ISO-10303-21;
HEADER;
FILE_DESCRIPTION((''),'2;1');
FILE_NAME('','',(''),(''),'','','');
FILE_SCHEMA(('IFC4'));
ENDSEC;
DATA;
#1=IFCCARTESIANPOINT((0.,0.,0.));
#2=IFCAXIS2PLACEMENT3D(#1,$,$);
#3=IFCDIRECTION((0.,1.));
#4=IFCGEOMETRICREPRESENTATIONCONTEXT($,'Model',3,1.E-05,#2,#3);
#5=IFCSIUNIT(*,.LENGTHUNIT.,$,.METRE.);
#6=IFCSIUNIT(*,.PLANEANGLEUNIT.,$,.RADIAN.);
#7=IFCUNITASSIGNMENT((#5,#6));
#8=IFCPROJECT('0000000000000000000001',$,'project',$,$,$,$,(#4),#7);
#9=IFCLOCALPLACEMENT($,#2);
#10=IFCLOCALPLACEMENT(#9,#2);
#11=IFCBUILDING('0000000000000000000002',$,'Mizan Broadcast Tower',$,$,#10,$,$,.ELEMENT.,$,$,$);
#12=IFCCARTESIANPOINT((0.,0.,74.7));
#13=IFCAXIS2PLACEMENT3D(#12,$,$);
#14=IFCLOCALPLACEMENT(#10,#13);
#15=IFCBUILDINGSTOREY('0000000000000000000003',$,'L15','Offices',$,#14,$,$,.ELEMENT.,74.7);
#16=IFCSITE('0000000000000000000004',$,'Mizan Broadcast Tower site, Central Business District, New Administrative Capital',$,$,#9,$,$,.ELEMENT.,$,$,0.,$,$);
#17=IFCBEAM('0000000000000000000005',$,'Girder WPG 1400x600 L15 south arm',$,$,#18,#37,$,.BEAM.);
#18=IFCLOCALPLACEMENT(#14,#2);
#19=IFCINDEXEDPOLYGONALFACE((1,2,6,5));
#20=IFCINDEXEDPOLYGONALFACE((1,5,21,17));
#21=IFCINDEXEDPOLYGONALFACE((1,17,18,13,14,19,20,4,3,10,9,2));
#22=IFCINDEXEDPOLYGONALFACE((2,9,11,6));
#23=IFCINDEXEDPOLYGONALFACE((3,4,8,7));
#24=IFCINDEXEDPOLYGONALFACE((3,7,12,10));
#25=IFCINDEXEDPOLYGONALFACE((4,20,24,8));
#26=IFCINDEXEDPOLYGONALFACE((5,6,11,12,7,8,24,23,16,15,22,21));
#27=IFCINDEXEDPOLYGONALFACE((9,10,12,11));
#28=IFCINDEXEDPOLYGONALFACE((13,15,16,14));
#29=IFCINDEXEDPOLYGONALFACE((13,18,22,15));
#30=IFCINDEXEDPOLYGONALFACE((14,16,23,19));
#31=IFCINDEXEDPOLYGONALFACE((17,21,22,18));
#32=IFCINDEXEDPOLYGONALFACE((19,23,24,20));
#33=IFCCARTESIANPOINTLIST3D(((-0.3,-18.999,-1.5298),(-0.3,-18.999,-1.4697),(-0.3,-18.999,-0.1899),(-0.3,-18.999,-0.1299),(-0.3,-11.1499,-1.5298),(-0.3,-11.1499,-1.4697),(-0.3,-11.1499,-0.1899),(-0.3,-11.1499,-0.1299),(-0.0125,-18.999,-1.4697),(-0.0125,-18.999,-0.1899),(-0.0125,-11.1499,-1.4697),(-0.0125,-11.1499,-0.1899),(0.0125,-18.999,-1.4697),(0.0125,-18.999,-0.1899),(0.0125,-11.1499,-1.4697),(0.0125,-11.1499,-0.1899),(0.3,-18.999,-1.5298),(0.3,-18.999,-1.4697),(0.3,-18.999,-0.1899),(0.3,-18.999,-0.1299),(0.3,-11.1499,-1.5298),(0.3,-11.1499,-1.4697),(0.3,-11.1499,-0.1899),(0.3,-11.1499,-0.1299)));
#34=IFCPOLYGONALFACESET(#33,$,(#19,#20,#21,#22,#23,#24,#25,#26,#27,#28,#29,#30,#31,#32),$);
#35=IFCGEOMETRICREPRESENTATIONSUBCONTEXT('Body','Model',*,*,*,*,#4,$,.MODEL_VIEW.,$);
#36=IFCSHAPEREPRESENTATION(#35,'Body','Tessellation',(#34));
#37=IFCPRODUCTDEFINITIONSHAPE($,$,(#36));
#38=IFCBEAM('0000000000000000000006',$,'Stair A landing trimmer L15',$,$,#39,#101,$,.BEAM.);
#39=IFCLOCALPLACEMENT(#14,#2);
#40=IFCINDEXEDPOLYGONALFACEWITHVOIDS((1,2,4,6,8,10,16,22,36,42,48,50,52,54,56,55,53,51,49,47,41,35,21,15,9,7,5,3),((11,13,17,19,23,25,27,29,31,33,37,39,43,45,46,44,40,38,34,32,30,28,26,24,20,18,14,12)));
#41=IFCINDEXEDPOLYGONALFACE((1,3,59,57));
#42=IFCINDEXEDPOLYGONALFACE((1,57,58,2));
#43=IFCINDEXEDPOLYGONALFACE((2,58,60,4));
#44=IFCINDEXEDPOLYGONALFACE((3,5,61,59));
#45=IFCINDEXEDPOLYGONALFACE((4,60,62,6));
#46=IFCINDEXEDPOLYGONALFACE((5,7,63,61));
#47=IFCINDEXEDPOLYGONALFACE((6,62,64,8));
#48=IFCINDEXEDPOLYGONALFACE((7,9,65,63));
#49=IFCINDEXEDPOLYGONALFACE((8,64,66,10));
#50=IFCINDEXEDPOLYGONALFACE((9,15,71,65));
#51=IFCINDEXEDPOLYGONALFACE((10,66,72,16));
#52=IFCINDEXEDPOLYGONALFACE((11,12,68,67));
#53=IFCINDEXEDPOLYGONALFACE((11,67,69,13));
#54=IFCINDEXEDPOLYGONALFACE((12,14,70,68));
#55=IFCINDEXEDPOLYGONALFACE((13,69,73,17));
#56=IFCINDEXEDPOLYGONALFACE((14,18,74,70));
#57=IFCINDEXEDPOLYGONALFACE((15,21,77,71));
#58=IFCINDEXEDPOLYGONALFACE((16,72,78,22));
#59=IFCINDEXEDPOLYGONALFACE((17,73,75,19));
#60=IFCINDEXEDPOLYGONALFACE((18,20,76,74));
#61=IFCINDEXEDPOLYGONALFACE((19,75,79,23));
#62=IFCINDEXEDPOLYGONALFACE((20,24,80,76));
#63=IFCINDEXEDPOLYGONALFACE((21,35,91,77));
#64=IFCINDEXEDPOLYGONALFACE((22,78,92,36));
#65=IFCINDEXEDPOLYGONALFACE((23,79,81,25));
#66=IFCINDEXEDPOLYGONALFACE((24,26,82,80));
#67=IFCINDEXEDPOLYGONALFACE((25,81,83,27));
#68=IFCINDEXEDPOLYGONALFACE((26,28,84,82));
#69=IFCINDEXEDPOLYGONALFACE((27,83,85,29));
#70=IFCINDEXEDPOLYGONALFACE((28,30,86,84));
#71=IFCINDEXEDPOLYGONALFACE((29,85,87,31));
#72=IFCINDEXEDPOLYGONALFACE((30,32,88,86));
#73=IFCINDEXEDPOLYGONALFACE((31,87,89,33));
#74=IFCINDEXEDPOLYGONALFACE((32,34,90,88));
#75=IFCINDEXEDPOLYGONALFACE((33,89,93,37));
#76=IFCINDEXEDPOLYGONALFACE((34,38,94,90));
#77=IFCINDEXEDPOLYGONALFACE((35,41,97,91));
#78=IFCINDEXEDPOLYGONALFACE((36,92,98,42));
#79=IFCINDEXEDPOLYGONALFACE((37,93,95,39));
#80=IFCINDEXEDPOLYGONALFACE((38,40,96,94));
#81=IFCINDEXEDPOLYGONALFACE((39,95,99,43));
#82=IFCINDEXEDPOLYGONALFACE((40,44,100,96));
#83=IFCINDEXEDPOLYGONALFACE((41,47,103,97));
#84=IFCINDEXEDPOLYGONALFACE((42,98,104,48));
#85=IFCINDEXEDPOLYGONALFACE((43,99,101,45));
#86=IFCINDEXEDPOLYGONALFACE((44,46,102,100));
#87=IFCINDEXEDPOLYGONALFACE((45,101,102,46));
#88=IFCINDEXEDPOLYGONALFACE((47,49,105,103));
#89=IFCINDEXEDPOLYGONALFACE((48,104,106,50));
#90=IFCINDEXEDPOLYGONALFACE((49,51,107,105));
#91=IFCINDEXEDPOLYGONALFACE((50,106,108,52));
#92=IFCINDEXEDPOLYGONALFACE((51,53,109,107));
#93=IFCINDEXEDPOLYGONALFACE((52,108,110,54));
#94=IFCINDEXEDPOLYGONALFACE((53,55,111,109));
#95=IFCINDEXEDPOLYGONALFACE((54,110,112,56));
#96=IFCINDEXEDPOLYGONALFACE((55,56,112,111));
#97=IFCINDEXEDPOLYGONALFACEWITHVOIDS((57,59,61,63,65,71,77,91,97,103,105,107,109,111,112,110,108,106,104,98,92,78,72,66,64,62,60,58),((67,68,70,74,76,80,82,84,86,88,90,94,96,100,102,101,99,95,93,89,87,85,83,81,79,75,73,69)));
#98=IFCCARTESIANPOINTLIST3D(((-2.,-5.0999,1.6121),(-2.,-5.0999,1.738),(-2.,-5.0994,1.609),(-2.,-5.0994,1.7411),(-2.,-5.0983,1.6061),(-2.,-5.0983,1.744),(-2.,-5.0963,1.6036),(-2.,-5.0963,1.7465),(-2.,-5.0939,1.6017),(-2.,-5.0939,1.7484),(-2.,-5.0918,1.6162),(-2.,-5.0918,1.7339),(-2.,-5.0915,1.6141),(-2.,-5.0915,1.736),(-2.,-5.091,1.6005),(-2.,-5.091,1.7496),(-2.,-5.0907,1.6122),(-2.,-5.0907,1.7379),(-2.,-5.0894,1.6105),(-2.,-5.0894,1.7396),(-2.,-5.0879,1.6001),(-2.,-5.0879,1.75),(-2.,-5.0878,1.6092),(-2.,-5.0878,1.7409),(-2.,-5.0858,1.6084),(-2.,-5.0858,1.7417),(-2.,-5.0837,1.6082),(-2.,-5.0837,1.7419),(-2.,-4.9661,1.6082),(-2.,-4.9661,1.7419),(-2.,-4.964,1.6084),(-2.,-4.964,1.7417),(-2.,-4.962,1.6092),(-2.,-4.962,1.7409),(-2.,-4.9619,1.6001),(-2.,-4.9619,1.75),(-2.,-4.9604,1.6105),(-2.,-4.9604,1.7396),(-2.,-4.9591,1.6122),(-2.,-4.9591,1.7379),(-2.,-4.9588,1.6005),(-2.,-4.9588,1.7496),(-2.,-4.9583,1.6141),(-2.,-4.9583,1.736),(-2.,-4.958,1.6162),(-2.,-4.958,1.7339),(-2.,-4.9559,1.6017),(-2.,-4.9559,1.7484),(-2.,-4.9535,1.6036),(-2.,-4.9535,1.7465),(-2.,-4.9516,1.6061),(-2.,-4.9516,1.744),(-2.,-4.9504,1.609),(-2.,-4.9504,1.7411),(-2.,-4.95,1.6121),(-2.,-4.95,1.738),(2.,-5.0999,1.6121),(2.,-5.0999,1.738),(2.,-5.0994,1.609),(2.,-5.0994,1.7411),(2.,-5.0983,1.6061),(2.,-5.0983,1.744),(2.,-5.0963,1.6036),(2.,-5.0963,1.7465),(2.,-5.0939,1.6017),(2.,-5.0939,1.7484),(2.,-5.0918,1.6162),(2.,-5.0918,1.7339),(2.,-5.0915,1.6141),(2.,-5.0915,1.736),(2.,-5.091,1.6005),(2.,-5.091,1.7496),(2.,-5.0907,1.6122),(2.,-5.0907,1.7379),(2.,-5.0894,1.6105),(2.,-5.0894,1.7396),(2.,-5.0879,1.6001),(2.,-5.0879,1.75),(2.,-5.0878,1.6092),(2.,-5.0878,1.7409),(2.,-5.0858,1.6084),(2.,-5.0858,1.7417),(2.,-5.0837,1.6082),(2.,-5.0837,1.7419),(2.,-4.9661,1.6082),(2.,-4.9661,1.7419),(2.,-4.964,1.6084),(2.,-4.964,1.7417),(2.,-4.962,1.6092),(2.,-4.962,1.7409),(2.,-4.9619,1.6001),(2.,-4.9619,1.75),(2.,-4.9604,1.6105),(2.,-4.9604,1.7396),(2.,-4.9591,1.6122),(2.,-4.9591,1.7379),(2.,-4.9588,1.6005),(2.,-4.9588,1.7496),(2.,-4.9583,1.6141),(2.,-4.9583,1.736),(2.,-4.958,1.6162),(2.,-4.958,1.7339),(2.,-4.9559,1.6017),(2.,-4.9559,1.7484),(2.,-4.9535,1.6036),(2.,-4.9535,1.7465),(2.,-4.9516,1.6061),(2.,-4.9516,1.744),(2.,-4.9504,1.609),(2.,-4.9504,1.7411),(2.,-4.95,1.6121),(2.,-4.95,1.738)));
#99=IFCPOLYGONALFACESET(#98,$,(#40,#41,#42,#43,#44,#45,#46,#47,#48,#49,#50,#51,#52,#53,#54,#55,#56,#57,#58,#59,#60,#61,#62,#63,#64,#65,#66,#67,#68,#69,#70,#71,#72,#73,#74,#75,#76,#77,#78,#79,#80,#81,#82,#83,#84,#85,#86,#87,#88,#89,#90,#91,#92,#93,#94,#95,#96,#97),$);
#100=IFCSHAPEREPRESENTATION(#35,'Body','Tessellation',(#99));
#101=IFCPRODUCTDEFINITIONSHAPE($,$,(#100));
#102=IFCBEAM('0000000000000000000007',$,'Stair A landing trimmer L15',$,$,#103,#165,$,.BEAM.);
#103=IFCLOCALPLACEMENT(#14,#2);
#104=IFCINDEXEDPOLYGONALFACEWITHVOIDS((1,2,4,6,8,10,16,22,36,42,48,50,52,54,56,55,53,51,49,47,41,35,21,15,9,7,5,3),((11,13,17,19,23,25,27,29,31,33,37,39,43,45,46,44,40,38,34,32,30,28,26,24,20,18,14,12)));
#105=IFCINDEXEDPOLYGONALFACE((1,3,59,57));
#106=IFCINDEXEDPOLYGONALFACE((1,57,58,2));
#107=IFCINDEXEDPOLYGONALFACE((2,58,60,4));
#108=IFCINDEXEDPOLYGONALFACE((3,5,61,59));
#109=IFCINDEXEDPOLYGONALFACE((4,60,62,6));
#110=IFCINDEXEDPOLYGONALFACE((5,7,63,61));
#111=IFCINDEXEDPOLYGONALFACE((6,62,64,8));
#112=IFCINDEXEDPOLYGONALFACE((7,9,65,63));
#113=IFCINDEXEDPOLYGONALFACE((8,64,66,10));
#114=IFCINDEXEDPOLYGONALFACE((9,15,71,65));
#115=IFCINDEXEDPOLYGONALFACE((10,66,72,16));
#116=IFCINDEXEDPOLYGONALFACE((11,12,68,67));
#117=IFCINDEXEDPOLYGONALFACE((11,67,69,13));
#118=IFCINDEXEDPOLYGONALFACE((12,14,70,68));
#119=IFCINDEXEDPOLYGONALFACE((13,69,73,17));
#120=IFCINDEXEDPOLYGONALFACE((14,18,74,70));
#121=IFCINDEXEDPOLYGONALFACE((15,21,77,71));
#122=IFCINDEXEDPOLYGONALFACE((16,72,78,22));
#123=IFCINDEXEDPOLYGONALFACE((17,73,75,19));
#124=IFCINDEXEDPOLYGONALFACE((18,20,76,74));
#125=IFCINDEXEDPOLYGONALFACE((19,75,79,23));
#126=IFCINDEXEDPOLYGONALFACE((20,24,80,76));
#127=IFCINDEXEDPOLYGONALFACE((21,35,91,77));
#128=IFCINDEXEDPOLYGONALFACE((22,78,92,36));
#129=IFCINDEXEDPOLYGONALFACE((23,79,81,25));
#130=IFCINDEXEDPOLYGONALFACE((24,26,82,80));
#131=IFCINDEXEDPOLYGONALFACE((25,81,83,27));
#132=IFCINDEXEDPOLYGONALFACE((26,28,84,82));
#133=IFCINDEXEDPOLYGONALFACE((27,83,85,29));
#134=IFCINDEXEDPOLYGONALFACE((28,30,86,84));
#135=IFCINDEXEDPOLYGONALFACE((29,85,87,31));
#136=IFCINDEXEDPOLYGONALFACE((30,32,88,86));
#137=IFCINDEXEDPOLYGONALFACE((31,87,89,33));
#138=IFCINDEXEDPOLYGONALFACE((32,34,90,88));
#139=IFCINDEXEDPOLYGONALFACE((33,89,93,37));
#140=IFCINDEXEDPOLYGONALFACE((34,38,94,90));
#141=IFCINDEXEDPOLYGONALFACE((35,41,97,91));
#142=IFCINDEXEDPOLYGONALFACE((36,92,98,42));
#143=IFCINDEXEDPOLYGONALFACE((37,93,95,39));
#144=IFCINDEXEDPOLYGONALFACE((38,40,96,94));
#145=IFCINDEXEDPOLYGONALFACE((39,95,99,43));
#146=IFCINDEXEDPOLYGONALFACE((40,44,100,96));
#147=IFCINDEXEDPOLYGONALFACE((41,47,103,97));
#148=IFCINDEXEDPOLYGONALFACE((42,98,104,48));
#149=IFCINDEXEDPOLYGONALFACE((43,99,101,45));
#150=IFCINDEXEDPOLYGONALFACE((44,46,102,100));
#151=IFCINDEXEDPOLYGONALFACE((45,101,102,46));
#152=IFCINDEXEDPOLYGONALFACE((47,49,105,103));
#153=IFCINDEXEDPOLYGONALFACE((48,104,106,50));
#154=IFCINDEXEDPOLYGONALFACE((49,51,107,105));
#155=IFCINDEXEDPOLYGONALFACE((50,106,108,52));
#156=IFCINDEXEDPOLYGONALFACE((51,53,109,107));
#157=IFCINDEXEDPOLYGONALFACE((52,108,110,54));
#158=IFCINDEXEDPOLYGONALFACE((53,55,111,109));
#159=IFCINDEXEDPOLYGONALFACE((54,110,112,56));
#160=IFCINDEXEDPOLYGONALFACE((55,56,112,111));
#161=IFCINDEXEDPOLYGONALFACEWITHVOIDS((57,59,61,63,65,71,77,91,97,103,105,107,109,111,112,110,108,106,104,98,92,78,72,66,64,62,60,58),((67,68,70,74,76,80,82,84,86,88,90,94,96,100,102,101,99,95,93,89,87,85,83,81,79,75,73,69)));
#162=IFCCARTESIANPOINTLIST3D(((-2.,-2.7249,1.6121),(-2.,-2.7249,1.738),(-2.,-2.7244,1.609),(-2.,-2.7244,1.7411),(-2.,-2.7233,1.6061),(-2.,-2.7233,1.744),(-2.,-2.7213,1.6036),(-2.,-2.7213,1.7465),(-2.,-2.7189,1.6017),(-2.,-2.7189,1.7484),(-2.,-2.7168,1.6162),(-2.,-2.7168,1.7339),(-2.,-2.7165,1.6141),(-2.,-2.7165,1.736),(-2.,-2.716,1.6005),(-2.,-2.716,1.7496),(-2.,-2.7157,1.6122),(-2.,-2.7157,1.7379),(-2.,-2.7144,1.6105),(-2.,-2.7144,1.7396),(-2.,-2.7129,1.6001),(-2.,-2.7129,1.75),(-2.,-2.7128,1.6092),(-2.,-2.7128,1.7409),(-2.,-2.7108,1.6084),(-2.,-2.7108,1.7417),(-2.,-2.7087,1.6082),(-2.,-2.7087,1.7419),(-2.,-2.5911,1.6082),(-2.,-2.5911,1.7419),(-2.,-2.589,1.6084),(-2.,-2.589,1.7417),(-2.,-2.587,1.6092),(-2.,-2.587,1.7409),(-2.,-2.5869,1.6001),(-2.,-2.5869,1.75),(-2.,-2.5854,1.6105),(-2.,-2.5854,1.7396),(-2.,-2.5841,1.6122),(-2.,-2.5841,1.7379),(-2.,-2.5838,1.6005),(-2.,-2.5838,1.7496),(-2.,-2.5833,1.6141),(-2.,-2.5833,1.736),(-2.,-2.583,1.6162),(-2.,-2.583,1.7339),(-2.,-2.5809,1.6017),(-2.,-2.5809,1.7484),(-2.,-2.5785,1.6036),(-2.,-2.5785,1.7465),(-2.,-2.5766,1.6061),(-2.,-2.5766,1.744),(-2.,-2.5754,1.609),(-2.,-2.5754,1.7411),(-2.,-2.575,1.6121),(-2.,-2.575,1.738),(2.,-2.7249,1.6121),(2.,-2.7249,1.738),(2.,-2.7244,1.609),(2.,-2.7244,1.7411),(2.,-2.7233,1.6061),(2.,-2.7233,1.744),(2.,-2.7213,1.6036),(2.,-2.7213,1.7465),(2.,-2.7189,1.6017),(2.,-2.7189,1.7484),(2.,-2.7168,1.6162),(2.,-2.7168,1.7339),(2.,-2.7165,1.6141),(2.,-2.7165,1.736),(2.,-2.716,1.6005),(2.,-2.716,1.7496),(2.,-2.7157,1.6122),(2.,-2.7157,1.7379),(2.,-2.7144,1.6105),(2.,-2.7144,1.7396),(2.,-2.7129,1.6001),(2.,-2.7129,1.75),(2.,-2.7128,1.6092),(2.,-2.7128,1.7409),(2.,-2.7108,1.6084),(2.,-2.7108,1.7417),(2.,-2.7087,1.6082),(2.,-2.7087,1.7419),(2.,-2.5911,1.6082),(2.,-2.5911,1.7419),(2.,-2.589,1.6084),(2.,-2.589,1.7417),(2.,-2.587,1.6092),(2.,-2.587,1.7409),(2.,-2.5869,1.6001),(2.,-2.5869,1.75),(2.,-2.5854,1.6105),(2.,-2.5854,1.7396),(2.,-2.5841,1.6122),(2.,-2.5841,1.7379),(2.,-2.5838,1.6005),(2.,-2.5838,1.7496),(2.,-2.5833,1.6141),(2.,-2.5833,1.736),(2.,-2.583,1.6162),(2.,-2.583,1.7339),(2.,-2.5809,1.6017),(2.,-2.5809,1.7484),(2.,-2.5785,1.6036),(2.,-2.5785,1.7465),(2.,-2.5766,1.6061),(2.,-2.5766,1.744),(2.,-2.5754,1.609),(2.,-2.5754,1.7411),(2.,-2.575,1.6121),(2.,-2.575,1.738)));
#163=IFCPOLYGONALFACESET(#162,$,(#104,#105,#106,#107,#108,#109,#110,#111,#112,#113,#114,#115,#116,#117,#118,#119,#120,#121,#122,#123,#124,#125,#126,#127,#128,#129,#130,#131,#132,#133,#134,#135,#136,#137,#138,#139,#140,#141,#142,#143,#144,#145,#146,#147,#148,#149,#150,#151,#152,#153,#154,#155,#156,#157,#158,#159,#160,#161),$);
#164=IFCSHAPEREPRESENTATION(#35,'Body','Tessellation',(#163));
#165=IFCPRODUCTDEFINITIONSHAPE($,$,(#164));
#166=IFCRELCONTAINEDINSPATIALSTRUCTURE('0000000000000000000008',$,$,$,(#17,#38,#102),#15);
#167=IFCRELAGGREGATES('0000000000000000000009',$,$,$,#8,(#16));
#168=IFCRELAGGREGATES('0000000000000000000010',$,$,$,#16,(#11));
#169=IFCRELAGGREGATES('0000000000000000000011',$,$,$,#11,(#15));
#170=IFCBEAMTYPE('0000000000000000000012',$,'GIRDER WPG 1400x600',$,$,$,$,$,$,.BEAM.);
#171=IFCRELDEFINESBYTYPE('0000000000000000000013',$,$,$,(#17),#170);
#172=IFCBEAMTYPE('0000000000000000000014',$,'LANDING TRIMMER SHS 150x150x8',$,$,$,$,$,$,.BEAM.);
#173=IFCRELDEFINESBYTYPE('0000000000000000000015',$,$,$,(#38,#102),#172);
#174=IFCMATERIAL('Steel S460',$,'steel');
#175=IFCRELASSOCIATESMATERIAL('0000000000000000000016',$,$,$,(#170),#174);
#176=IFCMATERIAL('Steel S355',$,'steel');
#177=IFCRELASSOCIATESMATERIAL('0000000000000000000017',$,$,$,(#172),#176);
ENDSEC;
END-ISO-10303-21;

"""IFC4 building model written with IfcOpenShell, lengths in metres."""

from ifc_helpers import new_model, si_unit, direction, frame, origin, origin_2d, place, context, subcontext, project, spatial, hollow_rectangle, i_section, extrude, material, material_profile, profile_set, type_object, element, save


model = new_model("IFC4")

# Units and contexts
model_context = context("Model", 3, precision=1e-05, world=origin(), true_north=direction((0.0, 1.0)))
body_context = subcontext(model_context, "Body", "Model", "MODEL_VIEW")
ifc_project = project(units=[si_unit("LENGTHUNIT", "METRE"), si_unit("PLANEANGLEUNIT", "RADIAN")], contexts=[model_context])

# Site, building, storey
site_placement = place(None, origin())
site = spatial("IfcSite", under=ifc_project, at=site_placement, Name="Mizan Broadcast Tower site, Central Business District, New Administrative Capital", CompositionType="ELEMENT", RefElevation=0.0)
building_placement = place(site_placement, origin())
building = spatial("IfcBuilding", under=site, at=building_placement, Name="Mizan Broadcast Tower", CompositionType="ELEMENT")
storey_placement = place(building_placement, frame((0.0, 0.0, 74.7)))
storey = spatial("IfcBuildingStorey", under=building, at=storey_placement, Name="L15", Description="Offices", CompositionType="ELEMENT", Elevation=74.7)

# Beams
ifc_material_1 = material(Name="Steel S460", Category="steel")
ifc_material_profile_1 = material_profile(ifc_material_1, i_section(OverallWidth=0.6001, OverallDepth=1.3999, WebThickness=0.0249, FlangeThickness=0.0601, at=origin_2d()), Name="WPG 1400x600")
ifc_profile_set_1 = profile_set([ifc_material_profile_1], Name="Steel S460")
beam_type_1 = type_object("IfcBeamType", Name="GIRDER WPG 1400x600", PredefinedType="BEAM", material=ifc_profile_set_1)
beam_1_placement = place(storey_placement, frame((0.0, -11.1499, -0.8298), z_axis=(0.0, -1.0, 0.0), x_axis=(1.0, 0.0, 0.0)))
element("IfcBeam", 1, at=beam_1_placement, inside=storey, type_object=beam_type_1, Name="Girder WPG 1400x600 L15 south arm", PredefinedType="BEAM", context=body_context, shape_type="SweptSolid", body=[
    extrude(i_section(OverallWidth=0.6001, OverallDepth=1.3999, WebThickness=0.0249, FlangeThickness=0.0601, at=origin_2d()), origin(), (0.0, 0.0, 1.0), 7.8491),
])
ifc_material_2 = material(Name="Steel S355", Category="steel")
ifc_material_profile_2 = material_profile(ifc_material_2, hollow_rectangle(XDim=0.1499, YDim=0.1499, WallThickness=0.0081, InnerFilletRadius=0.0081, OuterFilletRadius=0.012, at=origin_2d()), Name="SHS 150x150x8")
ifc_profile_set_2 = profile_set([ifc_material_profile_2], Name="Steel S355")
beam_type_2 = type_object("IfcBeamType", Name="LANDING TRIMMER SHS 150x150x8", PredefinedType="BEAM", material=ifc_profile_set_2)
for number, where, z_axis, x_axis, name in (
    (2, (-2.0, -5.0249, 1.675), (1.0, 0.0, 0.0), (0.0, 1.0, 0.0), "Stair A landing trimmer L15"),
    (3, (-2.0, -2.6499, 1.675), (1.0, 0.0, 0.0), (0.0, 1.0, 0.0), "Stair A landing trimmer L15"),
):
    element("IfcBeam", number, at=place(storey_placement, frame(where, z_axis=z_axis, x_axis=x_axis)), inside=storey, type_object=beam_type_2, Name=name, PredefinedType="BEAM", context=body_context, shape_type="SweptSolid", body=[
        extrude(hollow_rectangle(XDim=0.1499, YDim=0.1499, WallThickness=0.0081, InnerFilletRadius=0.0081, OuterFilletRadius=0.012, at=origin_2d()), origin(), (0.0, 0.0, 1.0), 4.0),
    ])

save(model, "model.ifc")
